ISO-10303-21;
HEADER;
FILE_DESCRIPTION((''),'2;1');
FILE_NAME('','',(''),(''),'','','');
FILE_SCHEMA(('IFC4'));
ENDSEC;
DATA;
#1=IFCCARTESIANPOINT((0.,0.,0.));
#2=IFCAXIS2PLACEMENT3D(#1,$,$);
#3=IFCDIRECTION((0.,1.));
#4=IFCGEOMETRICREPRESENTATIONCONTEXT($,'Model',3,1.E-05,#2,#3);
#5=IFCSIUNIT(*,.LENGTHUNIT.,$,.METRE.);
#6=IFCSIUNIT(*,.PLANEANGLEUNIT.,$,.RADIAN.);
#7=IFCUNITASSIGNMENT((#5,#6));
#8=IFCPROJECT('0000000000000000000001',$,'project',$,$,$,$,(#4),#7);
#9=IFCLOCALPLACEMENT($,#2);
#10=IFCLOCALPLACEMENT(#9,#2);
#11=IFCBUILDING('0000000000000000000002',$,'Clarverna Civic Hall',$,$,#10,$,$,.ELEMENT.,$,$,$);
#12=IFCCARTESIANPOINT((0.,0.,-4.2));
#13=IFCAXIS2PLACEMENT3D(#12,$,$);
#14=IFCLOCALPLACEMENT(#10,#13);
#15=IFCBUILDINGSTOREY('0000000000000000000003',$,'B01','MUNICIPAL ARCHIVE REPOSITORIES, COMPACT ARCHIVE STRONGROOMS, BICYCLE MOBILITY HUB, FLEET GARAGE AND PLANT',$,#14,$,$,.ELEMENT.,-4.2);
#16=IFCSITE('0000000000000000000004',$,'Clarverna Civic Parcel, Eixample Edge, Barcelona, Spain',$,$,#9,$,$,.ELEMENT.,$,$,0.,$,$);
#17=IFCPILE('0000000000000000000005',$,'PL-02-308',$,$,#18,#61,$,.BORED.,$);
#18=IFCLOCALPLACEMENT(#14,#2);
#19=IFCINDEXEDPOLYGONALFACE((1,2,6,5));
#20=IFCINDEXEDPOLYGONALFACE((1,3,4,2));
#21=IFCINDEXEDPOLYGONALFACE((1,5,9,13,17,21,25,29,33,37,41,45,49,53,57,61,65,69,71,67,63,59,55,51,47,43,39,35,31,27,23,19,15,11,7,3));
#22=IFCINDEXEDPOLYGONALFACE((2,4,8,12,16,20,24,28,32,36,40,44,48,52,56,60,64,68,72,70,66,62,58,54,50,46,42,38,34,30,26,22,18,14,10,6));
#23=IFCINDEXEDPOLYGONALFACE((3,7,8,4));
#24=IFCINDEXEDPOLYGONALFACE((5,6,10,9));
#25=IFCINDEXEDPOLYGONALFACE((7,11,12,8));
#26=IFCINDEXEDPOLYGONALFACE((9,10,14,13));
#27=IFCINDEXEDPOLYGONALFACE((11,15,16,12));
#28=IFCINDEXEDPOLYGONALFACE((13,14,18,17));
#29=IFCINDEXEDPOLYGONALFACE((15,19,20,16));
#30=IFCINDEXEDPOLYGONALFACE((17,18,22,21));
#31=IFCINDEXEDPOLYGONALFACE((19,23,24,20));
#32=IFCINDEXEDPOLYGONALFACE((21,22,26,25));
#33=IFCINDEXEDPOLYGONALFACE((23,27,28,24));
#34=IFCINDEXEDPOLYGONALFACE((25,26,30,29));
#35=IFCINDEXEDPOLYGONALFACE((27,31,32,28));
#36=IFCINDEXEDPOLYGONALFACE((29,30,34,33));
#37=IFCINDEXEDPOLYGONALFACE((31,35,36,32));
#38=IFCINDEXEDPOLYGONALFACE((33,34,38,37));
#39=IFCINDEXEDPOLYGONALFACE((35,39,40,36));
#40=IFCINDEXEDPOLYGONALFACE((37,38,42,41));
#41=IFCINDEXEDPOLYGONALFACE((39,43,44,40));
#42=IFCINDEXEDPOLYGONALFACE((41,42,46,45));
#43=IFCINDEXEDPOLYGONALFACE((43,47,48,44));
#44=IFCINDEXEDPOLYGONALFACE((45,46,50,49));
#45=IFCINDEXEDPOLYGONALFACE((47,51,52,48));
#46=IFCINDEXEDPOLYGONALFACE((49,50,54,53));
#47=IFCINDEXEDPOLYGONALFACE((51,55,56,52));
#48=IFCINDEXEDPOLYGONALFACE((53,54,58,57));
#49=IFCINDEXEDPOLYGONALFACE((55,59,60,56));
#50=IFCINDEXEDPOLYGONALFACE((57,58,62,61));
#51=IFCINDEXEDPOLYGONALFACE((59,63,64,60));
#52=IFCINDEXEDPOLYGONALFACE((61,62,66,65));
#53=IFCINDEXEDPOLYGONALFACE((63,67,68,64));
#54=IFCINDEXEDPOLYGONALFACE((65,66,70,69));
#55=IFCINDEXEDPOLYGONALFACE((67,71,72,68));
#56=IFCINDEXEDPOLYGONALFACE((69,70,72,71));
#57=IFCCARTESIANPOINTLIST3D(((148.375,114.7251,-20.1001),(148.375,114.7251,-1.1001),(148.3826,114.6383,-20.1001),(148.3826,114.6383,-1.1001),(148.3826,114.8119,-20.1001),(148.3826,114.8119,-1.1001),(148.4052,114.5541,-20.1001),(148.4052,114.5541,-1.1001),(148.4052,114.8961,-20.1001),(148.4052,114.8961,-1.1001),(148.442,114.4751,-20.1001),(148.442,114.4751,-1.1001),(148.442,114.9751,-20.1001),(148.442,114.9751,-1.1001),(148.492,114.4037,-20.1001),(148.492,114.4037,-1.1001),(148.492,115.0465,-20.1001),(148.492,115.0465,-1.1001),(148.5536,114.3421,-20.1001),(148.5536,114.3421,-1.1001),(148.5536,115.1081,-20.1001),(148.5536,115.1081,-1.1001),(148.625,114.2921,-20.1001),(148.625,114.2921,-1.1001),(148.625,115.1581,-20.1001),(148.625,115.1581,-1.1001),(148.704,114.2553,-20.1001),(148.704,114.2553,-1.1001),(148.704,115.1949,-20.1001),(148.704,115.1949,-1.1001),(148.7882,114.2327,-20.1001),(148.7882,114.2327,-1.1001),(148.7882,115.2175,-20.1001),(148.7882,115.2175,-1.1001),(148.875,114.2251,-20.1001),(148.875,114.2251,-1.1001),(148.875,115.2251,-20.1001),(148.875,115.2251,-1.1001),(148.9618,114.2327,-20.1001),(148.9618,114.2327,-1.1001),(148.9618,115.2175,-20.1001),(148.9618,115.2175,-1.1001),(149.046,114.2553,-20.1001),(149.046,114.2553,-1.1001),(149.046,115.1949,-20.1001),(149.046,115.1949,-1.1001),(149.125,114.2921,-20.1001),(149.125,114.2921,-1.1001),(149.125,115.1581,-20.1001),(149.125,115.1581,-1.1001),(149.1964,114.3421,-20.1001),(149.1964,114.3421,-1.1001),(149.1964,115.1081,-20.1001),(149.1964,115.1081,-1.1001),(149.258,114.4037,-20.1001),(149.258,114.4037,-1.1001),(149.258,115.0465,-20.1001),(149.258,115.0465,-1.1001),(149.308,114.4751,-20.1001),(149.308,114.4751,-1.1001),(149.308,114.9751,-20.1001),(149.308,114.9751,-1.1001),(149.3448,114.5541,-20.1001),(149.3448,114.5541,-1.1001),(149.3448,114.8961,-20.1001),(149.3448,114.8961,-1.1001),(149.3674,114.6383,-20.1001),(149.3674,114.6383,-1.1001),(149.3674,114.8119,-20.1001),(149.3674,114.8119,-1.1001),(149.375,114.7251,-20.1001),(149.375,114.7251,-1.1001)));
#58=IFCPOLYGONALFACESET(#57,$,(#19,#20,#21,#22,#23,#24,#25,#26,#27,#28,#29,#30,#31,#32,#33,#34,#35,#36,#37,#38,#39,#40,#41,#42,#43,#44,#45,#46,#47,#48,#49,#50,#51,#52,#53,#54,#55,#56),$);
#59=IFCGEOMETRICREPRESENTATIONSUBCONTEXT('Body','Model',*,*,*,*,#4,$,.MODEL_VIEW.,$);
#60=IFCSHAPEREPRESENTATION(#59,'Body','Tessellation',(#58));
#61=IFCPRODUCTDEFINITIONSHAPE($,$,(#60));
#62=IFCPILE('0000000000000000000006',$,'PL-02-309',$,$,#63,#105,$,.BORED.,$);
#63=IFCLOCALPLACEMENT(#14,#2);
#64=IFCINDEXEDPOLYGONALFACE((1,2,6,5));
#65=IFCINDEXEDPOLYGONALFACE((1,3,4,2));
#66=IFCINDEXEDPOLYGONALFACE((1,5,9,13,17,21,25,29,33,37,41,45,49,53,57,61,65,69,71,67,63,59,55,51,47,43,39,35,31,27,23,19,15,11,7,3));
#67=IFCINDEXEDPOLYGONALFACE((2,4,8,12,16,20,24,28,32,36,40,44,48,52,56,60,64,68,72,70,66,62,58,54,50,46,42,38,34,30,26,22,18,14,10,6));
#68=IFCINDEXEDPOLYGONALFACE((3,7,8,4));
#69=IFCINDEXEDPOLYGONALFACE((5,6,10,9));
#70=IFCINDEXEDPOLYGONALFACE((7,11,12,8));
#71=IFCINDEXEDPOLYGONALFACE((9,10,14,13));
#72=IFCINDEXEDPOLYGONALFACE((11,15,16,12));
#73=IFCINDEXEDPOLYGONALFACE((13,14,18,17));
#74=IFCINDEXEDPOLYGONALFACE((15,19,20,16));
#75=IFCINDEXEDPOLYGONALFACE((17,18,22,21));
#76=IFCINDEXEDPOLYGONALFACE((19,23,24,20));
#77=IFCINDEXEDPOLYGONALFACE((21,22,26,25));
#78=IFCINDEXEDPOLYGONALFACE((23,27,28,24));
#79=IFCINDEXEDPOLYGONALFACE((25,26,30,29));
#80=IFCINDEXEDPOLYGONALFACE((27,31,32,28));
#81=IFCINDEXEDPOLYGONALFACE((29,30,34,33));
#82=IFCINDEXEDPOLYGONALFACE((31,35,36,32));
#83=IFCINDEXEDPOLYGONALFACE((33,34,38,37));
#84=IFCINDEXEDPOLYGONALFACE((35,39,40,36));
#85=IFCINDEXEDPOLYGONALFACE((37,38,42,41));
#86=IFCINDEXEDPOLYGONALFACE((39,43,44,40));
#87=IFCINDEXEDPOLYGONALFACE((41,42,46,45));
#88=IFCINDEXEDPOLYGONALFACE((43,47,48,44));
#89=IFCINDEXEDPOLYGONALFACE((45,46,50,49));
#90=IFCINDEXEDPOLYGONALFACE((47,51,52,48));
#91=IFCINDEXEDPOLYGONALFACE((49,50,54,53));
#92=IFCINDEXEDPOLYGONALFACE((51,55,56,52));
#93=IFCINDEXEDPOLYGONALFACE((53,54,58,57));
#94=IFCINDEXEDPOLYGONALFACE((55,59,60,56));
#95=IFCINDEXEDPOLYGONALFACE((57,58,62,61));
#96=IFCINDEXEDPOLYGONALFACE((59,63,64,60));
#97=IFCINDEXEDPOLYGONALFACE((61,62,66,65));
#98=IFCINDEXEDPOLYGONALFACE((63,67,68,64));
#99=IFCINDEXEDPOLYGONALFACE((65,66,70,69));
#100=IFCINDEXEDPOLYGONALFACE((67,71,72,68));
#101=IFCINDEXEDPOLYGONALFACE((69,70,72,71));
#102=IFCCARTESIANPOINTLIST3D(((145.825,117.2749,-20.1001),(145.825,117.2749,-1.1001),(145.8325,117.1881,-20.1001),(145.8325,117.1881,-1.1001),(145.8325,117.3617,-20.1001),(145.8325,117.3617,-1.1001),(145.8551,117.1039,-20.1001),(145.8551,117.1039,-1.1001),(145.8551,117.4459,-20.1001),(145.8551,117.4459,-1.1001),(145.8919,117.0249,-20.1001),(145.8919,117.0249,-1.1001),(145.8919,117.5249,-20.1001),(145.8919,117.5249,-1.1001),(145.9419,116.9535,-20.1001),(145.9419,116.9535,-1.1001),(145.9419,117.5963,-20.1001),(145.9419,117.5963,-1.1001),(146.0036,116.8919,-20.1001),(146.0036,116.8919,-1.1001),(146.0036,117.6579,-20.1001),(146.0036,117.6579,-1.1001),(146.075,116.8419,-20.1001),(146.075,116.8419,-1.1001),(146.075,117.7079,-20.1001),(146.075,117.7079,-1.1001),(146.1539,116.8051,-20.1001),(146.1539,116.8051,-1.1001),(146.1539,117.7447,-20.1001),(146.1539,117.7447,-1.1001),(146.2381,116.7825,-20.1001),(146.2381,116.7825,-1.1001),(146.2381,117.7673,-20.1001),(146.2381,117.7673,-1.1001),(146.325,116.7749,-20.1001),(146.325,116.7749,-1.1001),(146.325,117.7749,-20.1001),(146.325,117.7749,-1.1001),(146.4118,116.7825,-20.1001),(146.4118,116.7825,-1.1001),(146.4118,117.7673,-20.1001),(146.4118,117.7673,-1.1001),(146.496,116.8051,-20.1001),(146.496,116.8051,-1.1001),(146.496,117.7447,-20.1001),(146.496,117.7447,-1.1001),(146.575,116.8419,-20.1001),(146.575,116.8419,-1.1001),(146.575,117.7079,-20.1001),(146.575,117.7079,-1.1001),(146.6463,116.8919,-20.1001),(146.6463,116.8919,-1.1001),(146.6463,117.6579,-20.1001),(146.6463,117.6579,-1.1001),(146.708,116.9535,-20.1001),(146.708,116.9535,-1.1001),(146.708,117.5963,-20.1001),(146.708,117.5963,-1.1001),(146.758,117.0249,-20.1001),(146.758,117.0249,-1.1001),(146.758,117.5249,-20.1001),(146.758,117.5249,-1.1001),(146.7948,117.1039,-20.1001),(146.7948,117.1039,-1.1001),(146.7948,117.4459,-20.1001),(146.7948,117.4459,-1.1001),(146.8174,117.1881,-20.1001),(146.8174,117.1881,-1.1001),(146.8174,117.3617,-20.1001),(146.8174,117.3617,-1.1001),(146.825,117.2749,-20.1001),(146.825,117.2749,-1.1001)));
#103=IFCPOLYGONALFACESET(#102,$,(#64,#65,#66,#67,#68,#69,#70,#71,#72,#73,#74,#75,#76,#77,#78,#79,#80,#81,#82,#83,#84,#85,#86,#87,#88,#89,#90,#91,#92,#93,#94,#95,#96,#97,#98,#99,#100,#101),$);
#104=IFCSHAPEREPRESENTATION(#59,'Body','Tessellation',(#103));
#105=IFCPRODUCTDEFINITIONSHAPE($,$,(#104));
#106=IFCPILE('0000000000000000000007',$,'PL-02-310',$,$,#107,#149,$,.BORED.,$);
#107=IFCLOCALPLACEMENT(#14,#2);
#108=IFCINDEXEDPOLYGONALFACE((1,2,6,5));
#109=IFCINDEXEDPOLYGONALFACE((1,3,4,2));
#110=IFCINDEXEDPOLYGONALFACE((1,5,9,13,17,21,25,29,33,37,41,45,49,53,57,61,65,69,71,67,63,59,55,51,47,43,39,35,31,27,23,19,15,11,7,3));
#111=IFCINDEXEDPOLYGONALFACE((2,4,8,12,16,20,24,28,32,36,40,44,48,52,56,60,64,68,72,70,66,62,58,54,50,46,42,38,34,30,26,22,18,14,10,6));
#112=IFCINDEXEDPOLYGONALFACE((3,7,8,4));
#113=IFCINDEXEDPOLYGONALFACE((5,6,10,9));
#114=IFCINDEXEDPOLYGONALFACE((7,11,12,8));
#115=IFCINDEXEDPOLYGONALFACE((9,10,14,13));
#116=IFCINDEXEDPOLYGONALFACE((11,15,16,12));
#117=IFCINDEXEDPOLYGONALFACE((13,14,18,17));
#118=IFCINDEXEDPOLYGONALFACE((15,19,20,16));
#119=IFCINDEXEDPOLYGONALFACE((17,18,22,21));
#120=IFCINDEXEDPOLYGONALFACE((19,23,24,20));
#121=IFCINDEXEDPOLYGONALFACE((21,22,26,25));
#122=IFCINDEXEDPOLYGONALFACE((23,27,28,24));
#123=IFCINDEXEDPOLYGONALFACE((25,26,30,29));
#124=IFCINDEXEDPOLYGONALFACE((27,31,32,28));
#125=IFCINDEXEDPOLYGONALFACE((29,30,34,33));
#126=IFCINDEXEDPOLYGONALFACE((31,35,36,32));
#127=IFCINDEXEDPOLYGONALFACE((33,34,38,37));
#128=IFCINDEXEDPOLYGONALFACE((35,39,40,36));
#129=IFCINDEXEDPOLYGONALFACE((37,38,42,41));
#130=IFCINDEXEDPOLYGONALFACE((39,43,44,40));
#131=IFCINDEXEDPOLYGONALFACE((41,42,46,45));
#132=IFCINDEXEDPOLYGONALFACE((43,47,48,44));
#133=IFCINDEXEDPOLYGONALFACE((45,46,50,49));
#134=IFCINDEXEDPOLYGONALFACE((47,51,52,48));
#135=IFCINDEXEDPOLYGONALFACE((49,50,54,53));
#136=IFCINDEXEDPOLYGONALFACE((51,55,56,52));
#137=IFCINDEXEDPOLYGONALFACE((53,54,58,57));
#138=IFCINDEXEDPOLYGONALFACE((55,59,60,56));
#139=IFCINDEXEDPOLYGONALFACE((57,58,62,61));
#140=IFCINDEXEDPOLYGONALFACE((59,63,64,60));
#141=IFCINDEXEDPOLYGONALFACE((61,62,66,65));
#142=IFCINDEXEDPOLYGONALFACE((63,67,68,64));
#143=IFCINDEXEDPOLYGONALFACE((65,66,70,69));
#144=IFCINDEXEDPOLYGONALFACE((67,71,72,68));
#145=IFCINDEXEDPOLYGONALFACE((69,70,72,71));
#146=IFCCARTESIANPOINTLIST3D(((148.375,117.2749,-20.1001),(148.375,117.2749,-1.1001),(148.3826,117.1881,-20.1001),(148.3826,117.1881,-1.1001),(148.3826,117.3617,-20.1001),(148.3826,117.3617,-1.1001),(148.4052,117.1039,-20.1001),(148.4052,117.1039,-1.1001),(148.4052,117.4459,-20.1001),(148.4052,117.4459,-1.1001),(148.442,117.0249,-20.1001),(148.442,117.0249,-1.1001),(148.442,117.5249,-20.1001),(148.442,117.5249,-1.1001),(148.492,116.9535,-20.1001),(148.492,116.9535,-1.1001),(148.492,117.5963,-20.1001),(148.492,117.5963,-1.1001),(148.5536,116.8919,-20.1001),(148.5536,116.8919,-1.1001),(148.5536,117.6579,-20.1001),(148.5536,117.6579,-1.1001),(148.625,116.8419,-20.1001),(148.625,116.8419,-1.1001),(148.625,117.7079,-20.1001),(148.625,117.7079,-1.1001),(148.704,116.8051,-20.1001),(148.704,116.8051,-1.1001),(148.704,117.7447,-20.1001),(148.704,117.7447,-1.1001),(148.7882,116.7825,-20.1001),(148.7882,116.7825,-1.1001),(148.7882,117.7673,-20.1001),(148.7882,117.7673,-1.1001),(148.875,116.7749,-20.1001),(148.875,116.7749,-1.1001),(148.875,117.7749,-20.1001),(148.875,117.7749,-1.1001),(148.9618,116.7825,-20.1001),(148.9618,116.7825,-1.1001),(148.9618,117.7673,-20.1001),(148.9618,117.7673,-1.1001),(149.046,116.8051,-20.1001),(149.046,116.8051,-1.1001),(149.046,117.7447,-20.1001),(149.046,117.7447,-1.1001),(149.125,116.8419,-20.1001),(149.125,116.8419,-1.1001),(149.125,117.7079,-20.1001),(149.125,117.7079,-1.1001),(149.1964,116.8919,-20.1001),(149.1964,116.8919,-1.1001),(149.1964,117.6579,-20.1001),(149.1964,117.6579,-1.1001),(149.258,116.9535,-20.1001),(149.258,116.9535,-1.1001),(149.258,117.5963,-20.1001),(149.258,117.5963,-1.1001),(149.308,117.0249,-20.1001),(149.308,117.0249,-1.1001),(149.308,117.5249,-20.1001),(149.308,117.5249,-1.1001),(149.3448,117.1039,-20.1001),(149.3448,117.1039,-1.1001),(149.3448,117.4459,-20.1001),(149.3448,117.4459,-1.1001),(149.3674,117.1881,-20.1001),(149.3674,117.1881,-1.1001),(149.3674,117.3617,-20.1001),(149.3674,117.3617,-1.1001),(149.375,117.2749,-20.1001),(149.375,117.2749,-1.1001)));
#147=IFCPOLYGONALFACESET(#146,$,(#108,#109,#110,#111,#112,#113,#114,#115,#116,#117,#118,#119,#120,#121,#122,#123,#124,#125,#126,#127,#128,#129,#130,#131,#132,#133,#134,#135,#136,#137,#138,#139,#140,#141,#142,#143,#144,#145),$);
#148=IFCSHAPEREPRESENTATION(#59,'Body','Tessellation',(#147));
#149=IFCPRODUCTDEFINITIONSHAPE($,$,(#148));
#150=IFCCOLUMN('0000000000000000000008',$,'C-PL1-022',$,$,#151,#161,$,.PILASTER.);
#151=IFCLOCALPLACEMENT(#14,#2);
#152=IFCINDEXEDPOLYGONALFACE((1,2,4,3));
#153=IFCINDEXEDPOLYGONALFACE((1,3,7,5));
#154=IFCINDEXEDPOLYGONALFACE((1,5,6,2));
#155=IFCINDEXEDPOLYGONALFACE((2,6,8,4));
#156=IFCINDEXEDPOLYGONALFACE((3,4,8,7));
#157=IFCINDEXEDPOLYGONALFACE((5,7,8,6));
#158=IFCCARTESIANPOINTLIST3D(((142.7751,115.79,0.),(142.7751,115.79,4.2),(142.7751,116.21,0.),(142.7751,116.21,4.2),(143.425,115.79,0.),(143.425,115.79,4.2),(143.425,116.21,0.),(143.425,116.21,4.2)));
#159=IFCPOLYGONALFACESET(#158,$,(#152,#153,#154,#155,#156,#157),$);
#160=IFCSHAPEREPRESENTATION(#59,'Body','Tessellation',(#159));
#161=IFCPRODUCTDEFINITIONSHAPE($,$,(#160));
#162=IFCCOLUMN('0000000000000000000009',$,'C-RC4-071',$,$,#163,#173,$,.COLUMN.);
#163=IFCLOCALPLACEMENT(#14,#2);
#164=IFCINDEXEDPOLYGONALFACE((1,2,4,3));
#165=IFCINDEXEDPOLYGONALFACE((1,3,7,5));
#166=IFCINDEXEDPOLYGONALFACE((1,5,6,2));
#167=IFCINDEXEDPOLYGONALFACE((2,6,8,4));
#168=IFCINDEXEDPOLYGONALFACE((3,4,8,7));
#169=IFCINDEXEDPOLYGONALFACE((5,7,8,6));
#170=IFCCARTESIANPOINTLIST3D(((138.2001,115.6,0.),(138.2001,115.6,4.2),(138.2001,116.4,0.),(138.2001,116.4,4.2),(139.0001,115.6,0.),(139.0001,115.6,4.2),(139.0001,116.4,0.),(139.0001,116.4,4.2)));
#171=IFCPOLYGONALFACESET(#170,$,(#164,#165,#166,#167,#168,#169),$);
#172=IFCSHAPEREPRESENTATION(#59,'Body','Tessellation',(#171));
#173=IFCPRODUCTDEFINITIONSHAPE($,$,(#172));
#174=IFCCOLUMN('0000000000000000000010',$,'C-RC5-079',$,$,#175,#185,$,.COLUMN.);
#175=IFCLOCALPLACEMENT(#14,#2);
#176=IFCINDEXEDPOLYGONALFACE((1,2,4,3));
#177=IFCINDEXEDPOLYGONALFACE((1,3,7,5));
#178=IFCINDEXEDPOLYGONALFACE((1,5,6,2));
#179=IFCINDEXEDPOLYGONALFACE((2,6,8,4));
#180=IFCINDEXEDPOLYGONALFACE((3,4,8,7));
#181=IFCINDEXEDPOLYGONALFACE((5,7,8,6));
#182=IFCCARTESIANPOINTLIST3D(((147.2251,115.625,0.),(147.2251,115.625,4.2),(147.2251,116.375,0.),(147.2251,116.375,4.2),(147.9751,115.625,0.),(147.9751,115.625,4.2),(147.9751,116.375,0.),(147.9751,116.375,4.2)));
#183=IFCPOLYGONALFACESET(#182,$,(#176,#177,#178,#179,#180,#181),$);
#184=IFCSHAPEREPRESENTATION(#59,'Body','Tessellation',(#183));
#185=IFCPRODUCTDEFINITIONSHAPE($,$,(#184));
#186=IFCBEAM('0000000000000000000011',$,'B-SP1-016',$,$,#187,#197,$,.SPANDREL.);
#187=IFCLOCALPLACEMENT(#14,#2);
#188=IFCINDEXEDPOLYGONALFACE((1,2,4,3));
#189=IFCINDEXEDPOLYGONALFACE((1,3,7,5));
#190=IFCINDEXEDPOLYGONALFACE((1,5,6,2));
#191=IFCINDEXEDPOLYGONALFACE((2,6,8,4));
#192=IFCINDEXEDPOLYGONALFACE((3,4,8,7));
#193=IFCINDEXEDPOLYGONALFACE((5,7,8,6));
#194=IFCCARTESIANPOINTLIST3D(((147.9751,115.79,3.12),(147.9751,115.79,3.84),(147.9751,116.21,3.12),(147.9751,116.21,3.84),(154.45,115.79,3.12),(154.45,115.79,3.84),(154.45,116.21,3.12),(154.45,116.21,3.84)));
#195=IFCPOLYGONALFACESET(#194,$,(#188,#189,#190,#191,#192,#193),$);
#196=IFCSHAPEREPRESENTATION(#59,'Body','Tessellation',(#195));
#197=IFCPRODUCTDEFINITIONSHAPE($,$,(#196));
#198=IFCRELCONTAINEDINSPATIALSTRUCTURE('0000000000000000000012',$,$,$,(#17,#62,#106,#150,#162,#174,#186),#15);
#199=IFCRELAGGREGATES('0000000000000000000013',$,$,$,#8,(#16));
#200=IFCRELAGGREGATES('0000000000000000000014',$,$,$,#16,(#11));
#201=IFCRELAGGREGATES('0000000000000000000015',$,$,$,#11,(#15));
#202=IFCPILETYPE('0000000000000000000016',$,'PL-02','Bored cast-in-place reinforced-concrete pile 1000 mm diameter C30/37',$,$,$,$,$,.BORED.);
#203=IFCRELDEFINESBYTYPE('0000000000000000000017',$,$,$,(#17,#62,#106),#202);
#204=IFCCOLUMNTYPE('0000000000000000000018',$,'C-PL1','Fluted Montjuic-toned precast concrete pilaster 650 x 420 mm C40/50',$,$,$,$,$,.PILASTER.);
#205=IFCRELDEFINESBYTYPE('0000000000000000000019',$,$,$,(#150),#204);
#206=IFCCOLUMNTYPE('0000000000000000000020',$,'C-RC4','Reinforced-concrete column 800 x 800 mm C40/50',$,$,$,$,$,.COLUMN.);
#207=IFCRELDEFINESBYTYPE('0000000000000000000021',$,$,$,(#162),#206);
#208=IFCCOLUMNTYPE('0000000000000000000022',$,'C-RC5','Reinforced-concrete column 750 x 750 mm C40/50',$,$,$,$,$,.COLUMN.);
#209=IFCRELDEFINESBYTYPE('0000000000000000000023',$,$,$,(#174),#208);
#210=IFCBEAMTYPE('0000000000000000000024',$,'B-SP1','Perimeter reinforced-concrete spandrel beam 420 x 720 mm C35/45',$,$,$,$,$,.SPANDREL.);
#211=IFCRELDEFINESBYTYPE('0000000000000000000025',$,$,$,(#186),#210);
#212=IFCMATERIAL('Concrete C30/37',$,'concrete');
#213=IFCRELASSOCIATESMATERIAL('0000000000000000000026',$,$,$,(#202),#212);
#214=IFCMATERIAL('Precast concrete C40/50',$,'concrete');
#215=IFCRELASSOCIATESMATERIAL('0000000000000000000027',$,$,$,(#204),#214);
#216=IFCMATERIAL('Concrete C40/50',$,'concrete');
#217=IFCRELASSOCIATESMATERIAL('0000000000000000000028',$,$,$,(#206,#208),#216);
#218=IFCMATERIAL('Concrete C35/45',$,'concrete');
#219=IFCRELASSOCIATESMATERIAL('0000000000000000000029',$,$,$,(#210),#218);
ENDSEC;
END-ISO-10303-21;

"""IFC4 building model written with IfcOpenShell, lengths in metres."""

from ifc_helpers import new_model, si_unit, direction, frame, origin, origin_2d, place, context, subcontext, project, spatial, rectangle, circle, extrude, material, material_profile, profile_set, type_object, element, save


model = new_model("IFC4")

# Units and contexts
model_context = context("Model", 3, precision=1e-05, world=origin(), true_north=direction((0.0, 1.0)))
body_context = subcontext(model_context, "Body", "Model", "MODEL_VIEW")
ifc_project = project(units=[si_unit("LENGTHUNIT", "METRE"), si_unit("PLANEANGLEUNIT", "RADIAN")], contexts=[model_context])

# Site, building, storey
site_placement = place(None, origin())
site = spatial("IfcSite", under=ifc_project, at=site_placement, Name="Clarverna Civic Parcel, Eixample Edge, Barcelona, Spain", CompositionType="ELEMENT", RefElevation=0.0)
building_placement = place(site_placement, origin())
building = spatial("IfcBuilding", under=site, at=building_placement, Name="Clarverna Civic Hall", CompositionType="ELEMENT")
storey_placement = place(building_placement, frame((0.0, 0.0, -4.2)))
storey = spatial("IfcBuildingStorey", under=building, at=storey_placement, Name="B01", Description="MUNICIPAL ARCHIVE REPOSITORIES, COMPACT ARCHIVE STRONGROOMS, BICYCLE MOBILITY HUB, FLEET GARAGE AND PLANT", CompositionType="ELEMENT", Elevation=-4.2)

# Shared definitions
ifc_material_1 = material(Name="Concrete C30/37", Category="concrete")

# Piles
ifc_material_profile_1 = material_profile(ifc_material_1, circle(Radius=0.5, at=origin_2d()), Name="BORED PILE D1000")
ifc_profile_set_1 = profile_set([ifc_material_profile_1], Name="Concrete C30/37")
pile_type_1 = type_object("IfcPileType", Name="PL-02", Description="Bored cast-in-place reinforced-concrete pile 1000 mm diameter C30/37", PredefinedType="BORED", material=ifc_profile_set_1)
for number, where, z_axis, x_axis, name in (
    (1, (148.875, 114.7251, -1.1001), (0.0, 0.0, -1.0), (1.0, 0.0, 0.0), "PL-02-308"),
    (2, (146.325, 117.2749, -1.1001), (0.0, 0.0, -1.0), (1.0, 0.0, 0.0), "PL-02-309"),
    (3, (148.875, 117.2749, -1.1001), (0.0, 0.0, -1.0), (1.0, 0.0, 0.0), "PL-02-310"),
):
    element("IfcPile", number, at=place(storey_placement, frame(where, z_axis=z_axis, x_axis=x_axis)), inside=storey, type_object=pile_type_1, Name=name, PredefinedType="BORED", context=body_context, shape_type="SweptSolid", body=[
        extrude(circle(Radius=0.5, at=origin_2d()), origin(), (0.0, 0.0, 1.0), 19.0),
    ])

# Columns
ifc_material_2 = material(Name="Precast concrete C40/50", Category="concrete")
ifc_material_profile_2 = material_profile(ifc_material_2, rectangle(XDim=0.6499, YDim=0.4199, at=origin_2d()), Name="PILASTER 650x420")
ifc_profile_set_2 = profile_set([ifc_material_profile_2], Name="Precast concrete C40/50")
column_type_1 = type_object("IfcColumnType", Name="C-PL1", Description="Fluted Montjuic-toned precast concrete pilaster 650 x 420 mm C40/50", PredefinedType="PILASTER", material=ifc_profile_set_2)
column_1_placement = place(storey_placement, frame((143.1001, 116.0, 0.0), z_axis=(0.0, 0.0, 1.0), x_axis=(1.0, 0.0, 0.0)))
element("IfcColumn", 4, at=column_1_placement, inside=storey, type_object=column_type_1, Name="C-PL1-022", PredefinedType="PILASTER", context=body_context, shape_type="SweptSolid", body=[
    extrude(rectangle(XDim=0.6499, YDim=0.4199, at=origin_2d()), origin(), (0.0, 0.0, 1.0), 4.2),
])
ifc_material_3 = material(Name="Concrete C40/50", Category="concrete")
ifc_material_profile_3 = material_profile(ifc_material_3, rectangle(XDim=0.8, YDim=0.8, at=origin_2d()), Name="RC 800x800")
ifc_profile_set_3 = profile_set([ifc_material_profile_3], Name="Concrete C40/50")
column_type_2 = type_object("IfcColumnType", Name="C-RC4", Description="Reinforced-concrete column 800 x 800 mm C40/50", PredefinedType="COLUMN", material=ifc_profile_set_3)
column_2_placement = place(storey_placement, frame((138.6001, 116.0, 0.0), z_axis=(0.0, 0.0, 1.0), x_axis=(1.0, 0.0, 0.0)))
element("IfcColumn", 5, at=column_2_placement, inside=storey, type_object=column_type_2, Name="C-RC4-071", PredefinedType="COLUMN", context=body_context, shape_type="SweptSolid", body=[
    extrude(rectangle(XDim=0.8, YDim=0.8, at=origin_2d()), origin(), (0.0, 0.0, 1.0), 4.2),
])
ifc_material_profile_4 = material_profile(ifc_material_3, rectangle(XDim=0.75, YDim=0.75, at=origin_2d()), Name="RC 750x750")
ifc_profile_set_4 = profile_set([ifc_material_profile_4], Name="Concrete C40/50")
column_type_3 = type_object("IfcColumnType", Name="C-RC5", Description="Reinforced-concrete column 750 x 750 mm C40/50", PredefinedType="COLUMN", material=ifc_profile_set_4)
column_3_placement = place(storey_placement, frame((147.6001, 116.0, 0.0), z_axis=(0.0, 0.0, 1.0), x_axis=(1.0, 0.0, 0.0)))
element("IfcColumn", 6, at=column_3_placement, inside=storey, type_object=column_type_3, Name="C-RC5-079", PredefinedType="COLUMN", context=body_context, shape_type="SweptSolid", body=[
    extrude(rectangle(XDim=0.75, YDim=0.75, at=origin_2d()), origin(), (0.0, 0.0, 1.0), 4.2),
])

# Beam
ifc_material_4 = material(Name="Concrete C35/45", Category="concrete")
ifc_material_profile_5 = material_profile(ifc_material_4, rectangle(XDim=0.4199, YDim=0.72, at=origin_2d()), Name="RC 420x720")
ifc_profile_set_5 = profile_set([ifc_material_profile_5], Name="Concrete C35/45")
beam_type_1 = type_object("IfcBeamType", Name="B-SP1", Description="Perimeter reinforced-concrete spandrel beam 420 x 720 mm C35/45", PredefinedType="SPANDREL", material=ifc_profile_set_5)
beam_1_placement = place(storey_placement, frame((147.9751, 116.0, 3.48), z_axis=(1.0, 0.0, 0.0), x_axis=(0.0, 1.0, 0.0)))
element("IfcBeam", 7, at=beam_1_placement, inside=storey, type_object=beam_type_1, Name="B-SP1-016", PredefinedType="SPANDREL", context=body_context, shape_type="SweptSolid", body=[
    extrude(rectangle(XDim=0.4199, YDim=0.72, at=origin_2d()), origin(), (0.0, 0.0, 1.0), 6.4749),
])

save(model, "model.ifc")
